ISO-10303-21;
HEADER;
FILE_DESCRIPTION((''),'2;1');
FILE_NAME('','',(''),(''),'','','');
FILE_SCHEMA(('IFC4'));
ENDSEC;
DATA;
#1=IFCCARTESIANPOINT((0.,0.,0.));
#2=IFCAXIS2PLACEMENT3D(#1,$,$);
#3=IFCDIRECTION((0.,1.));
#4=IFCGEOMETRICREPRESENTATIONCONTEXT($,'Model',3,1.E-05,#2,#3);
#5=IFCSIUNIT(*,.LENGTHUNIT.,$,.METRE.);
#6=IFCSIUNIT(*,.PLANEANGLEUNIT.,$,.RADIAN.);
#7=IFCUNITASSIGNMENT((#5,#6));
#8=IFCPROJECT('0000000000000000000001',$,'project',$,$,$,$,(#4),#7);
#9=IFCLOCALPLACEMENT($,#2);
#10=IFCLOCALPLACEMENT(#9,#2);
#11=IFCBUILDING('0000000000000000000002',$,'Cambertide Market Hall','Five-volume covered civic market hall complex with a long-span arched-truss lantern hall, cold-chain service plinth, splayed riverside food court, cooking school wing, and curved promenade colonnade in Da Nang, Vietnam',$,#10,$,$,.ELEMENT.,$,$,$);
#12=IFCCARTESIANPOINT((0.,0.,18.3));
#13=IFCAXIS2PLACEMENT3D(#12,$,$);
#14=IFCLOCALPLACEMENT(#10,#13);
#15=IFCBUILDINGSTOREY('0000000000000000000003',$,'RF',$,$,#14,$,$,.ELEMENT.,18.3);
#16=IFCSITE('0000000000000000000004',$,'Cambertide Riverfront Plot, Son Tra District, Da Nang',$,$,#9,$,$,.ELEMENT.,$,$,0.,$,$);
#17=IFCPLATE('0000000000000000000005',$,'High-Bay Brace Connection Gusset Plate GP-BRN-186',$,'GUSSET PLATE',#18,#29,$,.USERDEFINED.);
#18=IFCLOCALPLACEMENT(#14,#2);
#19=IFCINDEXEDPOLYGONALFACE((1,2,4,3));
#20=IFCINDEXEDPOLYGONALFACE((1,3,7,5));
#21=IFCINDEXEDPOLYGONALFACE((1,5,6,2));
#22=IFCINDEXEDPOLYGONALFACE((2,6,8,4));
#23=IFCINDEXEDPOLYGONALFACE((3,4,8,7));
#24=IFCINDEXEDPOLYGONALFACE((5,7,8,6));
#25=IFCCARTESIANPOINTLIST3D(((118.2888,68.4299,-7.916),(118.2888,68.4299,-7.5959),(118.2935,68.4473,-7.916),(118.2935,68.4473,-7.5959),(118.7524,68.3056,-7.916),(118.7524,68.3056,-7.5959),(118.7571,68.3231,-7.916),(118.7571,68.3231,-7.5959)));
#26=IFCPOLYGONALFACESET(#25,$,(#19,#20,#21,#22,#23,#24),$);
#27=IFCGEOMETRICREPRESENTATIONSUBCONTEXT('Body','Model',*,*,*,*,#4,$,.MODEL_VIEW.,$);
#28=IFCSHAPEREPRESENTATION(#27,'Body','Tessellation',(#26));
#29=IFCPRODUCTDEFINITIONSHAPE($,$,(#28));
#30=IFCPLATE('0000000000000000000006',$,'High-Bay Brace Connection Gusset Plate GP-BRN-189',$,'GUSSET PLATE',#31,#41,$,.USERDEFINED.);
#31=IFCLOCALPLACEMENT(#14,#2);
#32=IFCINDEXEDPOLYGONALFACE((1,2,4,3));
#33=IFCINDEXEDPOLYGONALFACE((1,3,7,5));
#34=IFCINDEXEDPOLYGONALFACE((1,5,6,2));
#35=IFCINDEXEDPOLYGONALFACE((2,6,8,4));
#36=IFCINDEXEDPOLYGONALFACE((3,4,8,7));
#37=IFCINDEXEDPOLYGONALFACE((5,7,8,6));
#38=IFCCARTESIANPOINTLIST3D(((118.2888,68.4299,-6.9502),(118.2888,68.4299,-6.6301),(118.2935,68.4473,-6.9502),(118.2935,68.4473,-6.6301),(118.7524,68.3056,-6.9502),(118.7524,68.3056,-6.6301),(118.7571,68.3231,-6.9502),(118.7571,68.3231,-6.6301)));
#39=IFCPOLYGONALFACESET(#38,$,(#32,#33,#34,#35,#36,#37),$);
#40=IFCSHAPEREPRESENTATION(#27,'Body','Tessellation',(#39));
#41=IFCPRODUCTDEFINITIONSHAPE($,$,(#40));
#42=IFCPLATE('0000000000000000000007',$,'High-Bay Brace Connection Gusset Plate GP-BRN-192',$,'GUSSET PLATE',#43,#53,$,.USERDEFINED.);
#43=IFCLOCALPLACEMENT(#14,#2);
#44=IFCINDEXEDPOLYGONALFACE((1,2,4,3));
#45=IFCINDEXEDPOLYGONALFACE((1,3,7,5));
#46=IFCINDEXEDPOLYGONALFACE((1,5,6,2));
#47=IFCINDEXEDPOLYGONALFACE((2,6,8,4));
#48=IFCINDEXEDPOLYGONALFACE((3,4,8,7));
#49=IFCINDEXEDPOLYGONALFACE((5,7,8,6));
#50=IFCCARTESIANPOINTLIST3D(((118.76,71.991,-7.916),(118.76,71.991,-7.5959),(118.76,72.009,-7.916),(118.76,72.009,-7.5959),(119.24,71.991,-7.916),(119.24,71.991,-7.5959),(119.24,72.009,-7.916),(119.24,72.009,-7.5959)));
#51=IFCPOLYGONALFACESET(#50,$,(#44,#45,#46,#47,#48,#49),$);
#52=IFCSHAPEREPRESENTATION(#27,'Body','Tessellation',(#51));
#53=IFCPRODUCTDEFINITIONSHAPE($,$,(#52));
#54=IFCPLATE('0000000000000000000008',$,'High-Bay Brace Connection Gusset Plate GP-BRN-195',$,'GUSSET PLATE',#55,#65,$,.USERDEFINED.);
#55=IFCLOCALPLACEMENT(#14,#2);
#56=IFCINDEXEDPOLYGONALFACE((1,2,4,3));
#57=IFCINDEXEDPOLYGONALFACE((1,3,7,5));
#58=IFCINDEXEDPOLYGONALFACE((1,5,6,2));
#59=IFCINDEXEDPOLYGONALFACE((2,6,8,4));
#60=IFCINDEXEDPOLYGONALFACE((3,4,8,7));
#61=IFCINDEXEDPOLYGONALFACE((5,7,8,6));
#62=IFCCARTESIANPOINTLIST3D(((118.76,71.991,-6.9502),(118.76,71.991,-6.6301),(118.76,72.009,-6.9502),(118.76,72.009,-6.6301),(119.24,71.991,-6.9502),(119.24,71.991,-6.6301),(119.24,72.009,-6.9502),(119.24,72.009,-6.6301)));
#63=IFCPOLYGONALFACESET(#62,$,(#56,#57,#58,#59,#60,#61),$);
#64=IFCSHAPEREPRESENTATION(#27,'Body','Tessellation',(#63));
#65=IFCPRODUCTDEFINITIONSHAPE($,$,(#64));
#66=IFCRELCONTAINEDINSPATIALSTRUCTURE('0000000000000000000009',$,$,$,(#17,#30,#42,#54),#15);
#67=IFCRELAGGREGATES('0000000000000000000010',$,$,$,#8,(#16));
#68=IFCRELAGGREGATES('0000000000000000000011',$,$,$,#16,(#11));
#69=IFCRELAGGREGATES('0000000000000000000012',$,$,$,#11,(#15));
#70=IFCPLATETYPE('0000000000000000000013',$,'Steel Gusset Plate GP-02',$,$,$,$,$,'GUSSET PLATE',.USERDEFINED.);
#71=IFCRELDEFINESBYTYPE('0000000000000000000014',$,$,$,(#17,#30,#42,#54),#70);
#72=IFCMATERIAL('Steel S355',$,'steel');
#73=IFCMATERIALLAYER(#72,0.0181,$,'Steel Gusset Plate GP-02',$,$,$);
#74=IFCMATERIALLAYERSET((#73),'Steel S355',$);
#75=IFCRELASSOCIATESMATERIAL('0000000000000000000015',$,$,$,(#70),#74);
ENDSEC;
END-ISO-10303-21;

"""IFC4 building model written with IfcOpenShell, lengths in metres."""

from ifc_helpers import new_model, si_unit, direction, frame, origin, origin_2d, place, context, subcontext, project, spatial, rectangle, extrude, material, layer, layer_set, type_object, element, save


model = new_model("IFC4")

# Units and contexts
model_context = context("Model", 3, precision=1e-05, world=origin(), true_north=direction((0.0, 1.0)))
body_context = subcontext(model_context, "Body", "Model", "MODEL_VIEW")
ifc_project = project(units=[si_unit("LENGTHUNIT", "METRE"), si_unit("PLANEANGLEUNIT", "RADIAN")], contexts=[model_context])

# Site, building, storey
site_placement = place(None, origin())
site = spatial("IfcSite", under=ifc_project, at=site_placement, Name="Cambertide Riverfront Plot, Son Tra District, Da Nang", CompositionType="ELEMENT", RefElevation=0.0)
building_placement = place(site_placement, origin())
building = spatial("IfcBuilding", under=site, at=building_placement, Name="Cambertide Market Hall", Description="Five-volume covered civic market hall complex with a long-span arched-truss lantern hall, cold-chain service plinth, splayed riverside food court, cooking school wing, and curved promenade colonnade in Da Nang, Vietnam", CompositionType="ELEMENT")
storey_placement = place(building_placement, frame((0.0, 0.0, 18.3)))
storey = spatial("IfcBuildingStorey", under=building, at=storey_placement, Name="RF", CompositionType="ELEMENT", Elevation=18.3)

# Plates
ifc_material_1 = material(Name="Steel S355", Category="steel")
ifc_layer = layer(ifc_material_1, 0.0181, Name="Steel Gusset Plate GP-02")
ifc_layer_set = layer_set([ifc_layer], Name="Steel S355")
plate_type = type_object("IfcPlateType", Name="Steel Gusset Plate GP-02", ElementType="GUSSET PLATE", PredefinedType="USERDEFINED", material=ifc_layer_set)
for number, where, z_axis, x_axis, name in (
    (1, (118.5229, 68.3765, -7.916), (0.0, 0.0, 1.0), (-0.965926, 0.258819, 0.0), "High-Bay Brace Connection Gusset Plate GP-BRN-186"),
    (2, (118.5229, 68.3765, -6.9502), (0.0, 0.0, 1.0), (-0.965926, 0.258819, 0.0), "High-Bay Brace Connection Gusset Plate GP-BRN-189"),
    (3, (119.0, 72.0, -7.916), (0.0, 0.0, 1.0), (-1.0, 0.0, 0.0), "High-Bay Brace Connection Gusset Plate GP-BRN-192"),
    (4, (119.0, 72.0, -6.9502), (0.0, 0.0, 1.0), (-1.0, 0.0, 0.0), "High-Bay Brace Connection Gusset Plate GP-BRN-195"),
):
    element("IfcPlate", number, at=place(storey_placement, frame(where, z_axis=z_axis, x_axis=x_axis)), inside=storey, type_object=plate_type, Name=name, ObjectType="GUSSET PLATE", PredefinedType="USERDEFINED", context=body_context, shape_type="SweptSolid", body=[
        extrude(rectangle(XDim=0.48, YDim=0.0181, at=origin_2d()), origin(), (0.0, 0.0, 1.0), 0.3201),
    ])

save(model, "model.ifc")
